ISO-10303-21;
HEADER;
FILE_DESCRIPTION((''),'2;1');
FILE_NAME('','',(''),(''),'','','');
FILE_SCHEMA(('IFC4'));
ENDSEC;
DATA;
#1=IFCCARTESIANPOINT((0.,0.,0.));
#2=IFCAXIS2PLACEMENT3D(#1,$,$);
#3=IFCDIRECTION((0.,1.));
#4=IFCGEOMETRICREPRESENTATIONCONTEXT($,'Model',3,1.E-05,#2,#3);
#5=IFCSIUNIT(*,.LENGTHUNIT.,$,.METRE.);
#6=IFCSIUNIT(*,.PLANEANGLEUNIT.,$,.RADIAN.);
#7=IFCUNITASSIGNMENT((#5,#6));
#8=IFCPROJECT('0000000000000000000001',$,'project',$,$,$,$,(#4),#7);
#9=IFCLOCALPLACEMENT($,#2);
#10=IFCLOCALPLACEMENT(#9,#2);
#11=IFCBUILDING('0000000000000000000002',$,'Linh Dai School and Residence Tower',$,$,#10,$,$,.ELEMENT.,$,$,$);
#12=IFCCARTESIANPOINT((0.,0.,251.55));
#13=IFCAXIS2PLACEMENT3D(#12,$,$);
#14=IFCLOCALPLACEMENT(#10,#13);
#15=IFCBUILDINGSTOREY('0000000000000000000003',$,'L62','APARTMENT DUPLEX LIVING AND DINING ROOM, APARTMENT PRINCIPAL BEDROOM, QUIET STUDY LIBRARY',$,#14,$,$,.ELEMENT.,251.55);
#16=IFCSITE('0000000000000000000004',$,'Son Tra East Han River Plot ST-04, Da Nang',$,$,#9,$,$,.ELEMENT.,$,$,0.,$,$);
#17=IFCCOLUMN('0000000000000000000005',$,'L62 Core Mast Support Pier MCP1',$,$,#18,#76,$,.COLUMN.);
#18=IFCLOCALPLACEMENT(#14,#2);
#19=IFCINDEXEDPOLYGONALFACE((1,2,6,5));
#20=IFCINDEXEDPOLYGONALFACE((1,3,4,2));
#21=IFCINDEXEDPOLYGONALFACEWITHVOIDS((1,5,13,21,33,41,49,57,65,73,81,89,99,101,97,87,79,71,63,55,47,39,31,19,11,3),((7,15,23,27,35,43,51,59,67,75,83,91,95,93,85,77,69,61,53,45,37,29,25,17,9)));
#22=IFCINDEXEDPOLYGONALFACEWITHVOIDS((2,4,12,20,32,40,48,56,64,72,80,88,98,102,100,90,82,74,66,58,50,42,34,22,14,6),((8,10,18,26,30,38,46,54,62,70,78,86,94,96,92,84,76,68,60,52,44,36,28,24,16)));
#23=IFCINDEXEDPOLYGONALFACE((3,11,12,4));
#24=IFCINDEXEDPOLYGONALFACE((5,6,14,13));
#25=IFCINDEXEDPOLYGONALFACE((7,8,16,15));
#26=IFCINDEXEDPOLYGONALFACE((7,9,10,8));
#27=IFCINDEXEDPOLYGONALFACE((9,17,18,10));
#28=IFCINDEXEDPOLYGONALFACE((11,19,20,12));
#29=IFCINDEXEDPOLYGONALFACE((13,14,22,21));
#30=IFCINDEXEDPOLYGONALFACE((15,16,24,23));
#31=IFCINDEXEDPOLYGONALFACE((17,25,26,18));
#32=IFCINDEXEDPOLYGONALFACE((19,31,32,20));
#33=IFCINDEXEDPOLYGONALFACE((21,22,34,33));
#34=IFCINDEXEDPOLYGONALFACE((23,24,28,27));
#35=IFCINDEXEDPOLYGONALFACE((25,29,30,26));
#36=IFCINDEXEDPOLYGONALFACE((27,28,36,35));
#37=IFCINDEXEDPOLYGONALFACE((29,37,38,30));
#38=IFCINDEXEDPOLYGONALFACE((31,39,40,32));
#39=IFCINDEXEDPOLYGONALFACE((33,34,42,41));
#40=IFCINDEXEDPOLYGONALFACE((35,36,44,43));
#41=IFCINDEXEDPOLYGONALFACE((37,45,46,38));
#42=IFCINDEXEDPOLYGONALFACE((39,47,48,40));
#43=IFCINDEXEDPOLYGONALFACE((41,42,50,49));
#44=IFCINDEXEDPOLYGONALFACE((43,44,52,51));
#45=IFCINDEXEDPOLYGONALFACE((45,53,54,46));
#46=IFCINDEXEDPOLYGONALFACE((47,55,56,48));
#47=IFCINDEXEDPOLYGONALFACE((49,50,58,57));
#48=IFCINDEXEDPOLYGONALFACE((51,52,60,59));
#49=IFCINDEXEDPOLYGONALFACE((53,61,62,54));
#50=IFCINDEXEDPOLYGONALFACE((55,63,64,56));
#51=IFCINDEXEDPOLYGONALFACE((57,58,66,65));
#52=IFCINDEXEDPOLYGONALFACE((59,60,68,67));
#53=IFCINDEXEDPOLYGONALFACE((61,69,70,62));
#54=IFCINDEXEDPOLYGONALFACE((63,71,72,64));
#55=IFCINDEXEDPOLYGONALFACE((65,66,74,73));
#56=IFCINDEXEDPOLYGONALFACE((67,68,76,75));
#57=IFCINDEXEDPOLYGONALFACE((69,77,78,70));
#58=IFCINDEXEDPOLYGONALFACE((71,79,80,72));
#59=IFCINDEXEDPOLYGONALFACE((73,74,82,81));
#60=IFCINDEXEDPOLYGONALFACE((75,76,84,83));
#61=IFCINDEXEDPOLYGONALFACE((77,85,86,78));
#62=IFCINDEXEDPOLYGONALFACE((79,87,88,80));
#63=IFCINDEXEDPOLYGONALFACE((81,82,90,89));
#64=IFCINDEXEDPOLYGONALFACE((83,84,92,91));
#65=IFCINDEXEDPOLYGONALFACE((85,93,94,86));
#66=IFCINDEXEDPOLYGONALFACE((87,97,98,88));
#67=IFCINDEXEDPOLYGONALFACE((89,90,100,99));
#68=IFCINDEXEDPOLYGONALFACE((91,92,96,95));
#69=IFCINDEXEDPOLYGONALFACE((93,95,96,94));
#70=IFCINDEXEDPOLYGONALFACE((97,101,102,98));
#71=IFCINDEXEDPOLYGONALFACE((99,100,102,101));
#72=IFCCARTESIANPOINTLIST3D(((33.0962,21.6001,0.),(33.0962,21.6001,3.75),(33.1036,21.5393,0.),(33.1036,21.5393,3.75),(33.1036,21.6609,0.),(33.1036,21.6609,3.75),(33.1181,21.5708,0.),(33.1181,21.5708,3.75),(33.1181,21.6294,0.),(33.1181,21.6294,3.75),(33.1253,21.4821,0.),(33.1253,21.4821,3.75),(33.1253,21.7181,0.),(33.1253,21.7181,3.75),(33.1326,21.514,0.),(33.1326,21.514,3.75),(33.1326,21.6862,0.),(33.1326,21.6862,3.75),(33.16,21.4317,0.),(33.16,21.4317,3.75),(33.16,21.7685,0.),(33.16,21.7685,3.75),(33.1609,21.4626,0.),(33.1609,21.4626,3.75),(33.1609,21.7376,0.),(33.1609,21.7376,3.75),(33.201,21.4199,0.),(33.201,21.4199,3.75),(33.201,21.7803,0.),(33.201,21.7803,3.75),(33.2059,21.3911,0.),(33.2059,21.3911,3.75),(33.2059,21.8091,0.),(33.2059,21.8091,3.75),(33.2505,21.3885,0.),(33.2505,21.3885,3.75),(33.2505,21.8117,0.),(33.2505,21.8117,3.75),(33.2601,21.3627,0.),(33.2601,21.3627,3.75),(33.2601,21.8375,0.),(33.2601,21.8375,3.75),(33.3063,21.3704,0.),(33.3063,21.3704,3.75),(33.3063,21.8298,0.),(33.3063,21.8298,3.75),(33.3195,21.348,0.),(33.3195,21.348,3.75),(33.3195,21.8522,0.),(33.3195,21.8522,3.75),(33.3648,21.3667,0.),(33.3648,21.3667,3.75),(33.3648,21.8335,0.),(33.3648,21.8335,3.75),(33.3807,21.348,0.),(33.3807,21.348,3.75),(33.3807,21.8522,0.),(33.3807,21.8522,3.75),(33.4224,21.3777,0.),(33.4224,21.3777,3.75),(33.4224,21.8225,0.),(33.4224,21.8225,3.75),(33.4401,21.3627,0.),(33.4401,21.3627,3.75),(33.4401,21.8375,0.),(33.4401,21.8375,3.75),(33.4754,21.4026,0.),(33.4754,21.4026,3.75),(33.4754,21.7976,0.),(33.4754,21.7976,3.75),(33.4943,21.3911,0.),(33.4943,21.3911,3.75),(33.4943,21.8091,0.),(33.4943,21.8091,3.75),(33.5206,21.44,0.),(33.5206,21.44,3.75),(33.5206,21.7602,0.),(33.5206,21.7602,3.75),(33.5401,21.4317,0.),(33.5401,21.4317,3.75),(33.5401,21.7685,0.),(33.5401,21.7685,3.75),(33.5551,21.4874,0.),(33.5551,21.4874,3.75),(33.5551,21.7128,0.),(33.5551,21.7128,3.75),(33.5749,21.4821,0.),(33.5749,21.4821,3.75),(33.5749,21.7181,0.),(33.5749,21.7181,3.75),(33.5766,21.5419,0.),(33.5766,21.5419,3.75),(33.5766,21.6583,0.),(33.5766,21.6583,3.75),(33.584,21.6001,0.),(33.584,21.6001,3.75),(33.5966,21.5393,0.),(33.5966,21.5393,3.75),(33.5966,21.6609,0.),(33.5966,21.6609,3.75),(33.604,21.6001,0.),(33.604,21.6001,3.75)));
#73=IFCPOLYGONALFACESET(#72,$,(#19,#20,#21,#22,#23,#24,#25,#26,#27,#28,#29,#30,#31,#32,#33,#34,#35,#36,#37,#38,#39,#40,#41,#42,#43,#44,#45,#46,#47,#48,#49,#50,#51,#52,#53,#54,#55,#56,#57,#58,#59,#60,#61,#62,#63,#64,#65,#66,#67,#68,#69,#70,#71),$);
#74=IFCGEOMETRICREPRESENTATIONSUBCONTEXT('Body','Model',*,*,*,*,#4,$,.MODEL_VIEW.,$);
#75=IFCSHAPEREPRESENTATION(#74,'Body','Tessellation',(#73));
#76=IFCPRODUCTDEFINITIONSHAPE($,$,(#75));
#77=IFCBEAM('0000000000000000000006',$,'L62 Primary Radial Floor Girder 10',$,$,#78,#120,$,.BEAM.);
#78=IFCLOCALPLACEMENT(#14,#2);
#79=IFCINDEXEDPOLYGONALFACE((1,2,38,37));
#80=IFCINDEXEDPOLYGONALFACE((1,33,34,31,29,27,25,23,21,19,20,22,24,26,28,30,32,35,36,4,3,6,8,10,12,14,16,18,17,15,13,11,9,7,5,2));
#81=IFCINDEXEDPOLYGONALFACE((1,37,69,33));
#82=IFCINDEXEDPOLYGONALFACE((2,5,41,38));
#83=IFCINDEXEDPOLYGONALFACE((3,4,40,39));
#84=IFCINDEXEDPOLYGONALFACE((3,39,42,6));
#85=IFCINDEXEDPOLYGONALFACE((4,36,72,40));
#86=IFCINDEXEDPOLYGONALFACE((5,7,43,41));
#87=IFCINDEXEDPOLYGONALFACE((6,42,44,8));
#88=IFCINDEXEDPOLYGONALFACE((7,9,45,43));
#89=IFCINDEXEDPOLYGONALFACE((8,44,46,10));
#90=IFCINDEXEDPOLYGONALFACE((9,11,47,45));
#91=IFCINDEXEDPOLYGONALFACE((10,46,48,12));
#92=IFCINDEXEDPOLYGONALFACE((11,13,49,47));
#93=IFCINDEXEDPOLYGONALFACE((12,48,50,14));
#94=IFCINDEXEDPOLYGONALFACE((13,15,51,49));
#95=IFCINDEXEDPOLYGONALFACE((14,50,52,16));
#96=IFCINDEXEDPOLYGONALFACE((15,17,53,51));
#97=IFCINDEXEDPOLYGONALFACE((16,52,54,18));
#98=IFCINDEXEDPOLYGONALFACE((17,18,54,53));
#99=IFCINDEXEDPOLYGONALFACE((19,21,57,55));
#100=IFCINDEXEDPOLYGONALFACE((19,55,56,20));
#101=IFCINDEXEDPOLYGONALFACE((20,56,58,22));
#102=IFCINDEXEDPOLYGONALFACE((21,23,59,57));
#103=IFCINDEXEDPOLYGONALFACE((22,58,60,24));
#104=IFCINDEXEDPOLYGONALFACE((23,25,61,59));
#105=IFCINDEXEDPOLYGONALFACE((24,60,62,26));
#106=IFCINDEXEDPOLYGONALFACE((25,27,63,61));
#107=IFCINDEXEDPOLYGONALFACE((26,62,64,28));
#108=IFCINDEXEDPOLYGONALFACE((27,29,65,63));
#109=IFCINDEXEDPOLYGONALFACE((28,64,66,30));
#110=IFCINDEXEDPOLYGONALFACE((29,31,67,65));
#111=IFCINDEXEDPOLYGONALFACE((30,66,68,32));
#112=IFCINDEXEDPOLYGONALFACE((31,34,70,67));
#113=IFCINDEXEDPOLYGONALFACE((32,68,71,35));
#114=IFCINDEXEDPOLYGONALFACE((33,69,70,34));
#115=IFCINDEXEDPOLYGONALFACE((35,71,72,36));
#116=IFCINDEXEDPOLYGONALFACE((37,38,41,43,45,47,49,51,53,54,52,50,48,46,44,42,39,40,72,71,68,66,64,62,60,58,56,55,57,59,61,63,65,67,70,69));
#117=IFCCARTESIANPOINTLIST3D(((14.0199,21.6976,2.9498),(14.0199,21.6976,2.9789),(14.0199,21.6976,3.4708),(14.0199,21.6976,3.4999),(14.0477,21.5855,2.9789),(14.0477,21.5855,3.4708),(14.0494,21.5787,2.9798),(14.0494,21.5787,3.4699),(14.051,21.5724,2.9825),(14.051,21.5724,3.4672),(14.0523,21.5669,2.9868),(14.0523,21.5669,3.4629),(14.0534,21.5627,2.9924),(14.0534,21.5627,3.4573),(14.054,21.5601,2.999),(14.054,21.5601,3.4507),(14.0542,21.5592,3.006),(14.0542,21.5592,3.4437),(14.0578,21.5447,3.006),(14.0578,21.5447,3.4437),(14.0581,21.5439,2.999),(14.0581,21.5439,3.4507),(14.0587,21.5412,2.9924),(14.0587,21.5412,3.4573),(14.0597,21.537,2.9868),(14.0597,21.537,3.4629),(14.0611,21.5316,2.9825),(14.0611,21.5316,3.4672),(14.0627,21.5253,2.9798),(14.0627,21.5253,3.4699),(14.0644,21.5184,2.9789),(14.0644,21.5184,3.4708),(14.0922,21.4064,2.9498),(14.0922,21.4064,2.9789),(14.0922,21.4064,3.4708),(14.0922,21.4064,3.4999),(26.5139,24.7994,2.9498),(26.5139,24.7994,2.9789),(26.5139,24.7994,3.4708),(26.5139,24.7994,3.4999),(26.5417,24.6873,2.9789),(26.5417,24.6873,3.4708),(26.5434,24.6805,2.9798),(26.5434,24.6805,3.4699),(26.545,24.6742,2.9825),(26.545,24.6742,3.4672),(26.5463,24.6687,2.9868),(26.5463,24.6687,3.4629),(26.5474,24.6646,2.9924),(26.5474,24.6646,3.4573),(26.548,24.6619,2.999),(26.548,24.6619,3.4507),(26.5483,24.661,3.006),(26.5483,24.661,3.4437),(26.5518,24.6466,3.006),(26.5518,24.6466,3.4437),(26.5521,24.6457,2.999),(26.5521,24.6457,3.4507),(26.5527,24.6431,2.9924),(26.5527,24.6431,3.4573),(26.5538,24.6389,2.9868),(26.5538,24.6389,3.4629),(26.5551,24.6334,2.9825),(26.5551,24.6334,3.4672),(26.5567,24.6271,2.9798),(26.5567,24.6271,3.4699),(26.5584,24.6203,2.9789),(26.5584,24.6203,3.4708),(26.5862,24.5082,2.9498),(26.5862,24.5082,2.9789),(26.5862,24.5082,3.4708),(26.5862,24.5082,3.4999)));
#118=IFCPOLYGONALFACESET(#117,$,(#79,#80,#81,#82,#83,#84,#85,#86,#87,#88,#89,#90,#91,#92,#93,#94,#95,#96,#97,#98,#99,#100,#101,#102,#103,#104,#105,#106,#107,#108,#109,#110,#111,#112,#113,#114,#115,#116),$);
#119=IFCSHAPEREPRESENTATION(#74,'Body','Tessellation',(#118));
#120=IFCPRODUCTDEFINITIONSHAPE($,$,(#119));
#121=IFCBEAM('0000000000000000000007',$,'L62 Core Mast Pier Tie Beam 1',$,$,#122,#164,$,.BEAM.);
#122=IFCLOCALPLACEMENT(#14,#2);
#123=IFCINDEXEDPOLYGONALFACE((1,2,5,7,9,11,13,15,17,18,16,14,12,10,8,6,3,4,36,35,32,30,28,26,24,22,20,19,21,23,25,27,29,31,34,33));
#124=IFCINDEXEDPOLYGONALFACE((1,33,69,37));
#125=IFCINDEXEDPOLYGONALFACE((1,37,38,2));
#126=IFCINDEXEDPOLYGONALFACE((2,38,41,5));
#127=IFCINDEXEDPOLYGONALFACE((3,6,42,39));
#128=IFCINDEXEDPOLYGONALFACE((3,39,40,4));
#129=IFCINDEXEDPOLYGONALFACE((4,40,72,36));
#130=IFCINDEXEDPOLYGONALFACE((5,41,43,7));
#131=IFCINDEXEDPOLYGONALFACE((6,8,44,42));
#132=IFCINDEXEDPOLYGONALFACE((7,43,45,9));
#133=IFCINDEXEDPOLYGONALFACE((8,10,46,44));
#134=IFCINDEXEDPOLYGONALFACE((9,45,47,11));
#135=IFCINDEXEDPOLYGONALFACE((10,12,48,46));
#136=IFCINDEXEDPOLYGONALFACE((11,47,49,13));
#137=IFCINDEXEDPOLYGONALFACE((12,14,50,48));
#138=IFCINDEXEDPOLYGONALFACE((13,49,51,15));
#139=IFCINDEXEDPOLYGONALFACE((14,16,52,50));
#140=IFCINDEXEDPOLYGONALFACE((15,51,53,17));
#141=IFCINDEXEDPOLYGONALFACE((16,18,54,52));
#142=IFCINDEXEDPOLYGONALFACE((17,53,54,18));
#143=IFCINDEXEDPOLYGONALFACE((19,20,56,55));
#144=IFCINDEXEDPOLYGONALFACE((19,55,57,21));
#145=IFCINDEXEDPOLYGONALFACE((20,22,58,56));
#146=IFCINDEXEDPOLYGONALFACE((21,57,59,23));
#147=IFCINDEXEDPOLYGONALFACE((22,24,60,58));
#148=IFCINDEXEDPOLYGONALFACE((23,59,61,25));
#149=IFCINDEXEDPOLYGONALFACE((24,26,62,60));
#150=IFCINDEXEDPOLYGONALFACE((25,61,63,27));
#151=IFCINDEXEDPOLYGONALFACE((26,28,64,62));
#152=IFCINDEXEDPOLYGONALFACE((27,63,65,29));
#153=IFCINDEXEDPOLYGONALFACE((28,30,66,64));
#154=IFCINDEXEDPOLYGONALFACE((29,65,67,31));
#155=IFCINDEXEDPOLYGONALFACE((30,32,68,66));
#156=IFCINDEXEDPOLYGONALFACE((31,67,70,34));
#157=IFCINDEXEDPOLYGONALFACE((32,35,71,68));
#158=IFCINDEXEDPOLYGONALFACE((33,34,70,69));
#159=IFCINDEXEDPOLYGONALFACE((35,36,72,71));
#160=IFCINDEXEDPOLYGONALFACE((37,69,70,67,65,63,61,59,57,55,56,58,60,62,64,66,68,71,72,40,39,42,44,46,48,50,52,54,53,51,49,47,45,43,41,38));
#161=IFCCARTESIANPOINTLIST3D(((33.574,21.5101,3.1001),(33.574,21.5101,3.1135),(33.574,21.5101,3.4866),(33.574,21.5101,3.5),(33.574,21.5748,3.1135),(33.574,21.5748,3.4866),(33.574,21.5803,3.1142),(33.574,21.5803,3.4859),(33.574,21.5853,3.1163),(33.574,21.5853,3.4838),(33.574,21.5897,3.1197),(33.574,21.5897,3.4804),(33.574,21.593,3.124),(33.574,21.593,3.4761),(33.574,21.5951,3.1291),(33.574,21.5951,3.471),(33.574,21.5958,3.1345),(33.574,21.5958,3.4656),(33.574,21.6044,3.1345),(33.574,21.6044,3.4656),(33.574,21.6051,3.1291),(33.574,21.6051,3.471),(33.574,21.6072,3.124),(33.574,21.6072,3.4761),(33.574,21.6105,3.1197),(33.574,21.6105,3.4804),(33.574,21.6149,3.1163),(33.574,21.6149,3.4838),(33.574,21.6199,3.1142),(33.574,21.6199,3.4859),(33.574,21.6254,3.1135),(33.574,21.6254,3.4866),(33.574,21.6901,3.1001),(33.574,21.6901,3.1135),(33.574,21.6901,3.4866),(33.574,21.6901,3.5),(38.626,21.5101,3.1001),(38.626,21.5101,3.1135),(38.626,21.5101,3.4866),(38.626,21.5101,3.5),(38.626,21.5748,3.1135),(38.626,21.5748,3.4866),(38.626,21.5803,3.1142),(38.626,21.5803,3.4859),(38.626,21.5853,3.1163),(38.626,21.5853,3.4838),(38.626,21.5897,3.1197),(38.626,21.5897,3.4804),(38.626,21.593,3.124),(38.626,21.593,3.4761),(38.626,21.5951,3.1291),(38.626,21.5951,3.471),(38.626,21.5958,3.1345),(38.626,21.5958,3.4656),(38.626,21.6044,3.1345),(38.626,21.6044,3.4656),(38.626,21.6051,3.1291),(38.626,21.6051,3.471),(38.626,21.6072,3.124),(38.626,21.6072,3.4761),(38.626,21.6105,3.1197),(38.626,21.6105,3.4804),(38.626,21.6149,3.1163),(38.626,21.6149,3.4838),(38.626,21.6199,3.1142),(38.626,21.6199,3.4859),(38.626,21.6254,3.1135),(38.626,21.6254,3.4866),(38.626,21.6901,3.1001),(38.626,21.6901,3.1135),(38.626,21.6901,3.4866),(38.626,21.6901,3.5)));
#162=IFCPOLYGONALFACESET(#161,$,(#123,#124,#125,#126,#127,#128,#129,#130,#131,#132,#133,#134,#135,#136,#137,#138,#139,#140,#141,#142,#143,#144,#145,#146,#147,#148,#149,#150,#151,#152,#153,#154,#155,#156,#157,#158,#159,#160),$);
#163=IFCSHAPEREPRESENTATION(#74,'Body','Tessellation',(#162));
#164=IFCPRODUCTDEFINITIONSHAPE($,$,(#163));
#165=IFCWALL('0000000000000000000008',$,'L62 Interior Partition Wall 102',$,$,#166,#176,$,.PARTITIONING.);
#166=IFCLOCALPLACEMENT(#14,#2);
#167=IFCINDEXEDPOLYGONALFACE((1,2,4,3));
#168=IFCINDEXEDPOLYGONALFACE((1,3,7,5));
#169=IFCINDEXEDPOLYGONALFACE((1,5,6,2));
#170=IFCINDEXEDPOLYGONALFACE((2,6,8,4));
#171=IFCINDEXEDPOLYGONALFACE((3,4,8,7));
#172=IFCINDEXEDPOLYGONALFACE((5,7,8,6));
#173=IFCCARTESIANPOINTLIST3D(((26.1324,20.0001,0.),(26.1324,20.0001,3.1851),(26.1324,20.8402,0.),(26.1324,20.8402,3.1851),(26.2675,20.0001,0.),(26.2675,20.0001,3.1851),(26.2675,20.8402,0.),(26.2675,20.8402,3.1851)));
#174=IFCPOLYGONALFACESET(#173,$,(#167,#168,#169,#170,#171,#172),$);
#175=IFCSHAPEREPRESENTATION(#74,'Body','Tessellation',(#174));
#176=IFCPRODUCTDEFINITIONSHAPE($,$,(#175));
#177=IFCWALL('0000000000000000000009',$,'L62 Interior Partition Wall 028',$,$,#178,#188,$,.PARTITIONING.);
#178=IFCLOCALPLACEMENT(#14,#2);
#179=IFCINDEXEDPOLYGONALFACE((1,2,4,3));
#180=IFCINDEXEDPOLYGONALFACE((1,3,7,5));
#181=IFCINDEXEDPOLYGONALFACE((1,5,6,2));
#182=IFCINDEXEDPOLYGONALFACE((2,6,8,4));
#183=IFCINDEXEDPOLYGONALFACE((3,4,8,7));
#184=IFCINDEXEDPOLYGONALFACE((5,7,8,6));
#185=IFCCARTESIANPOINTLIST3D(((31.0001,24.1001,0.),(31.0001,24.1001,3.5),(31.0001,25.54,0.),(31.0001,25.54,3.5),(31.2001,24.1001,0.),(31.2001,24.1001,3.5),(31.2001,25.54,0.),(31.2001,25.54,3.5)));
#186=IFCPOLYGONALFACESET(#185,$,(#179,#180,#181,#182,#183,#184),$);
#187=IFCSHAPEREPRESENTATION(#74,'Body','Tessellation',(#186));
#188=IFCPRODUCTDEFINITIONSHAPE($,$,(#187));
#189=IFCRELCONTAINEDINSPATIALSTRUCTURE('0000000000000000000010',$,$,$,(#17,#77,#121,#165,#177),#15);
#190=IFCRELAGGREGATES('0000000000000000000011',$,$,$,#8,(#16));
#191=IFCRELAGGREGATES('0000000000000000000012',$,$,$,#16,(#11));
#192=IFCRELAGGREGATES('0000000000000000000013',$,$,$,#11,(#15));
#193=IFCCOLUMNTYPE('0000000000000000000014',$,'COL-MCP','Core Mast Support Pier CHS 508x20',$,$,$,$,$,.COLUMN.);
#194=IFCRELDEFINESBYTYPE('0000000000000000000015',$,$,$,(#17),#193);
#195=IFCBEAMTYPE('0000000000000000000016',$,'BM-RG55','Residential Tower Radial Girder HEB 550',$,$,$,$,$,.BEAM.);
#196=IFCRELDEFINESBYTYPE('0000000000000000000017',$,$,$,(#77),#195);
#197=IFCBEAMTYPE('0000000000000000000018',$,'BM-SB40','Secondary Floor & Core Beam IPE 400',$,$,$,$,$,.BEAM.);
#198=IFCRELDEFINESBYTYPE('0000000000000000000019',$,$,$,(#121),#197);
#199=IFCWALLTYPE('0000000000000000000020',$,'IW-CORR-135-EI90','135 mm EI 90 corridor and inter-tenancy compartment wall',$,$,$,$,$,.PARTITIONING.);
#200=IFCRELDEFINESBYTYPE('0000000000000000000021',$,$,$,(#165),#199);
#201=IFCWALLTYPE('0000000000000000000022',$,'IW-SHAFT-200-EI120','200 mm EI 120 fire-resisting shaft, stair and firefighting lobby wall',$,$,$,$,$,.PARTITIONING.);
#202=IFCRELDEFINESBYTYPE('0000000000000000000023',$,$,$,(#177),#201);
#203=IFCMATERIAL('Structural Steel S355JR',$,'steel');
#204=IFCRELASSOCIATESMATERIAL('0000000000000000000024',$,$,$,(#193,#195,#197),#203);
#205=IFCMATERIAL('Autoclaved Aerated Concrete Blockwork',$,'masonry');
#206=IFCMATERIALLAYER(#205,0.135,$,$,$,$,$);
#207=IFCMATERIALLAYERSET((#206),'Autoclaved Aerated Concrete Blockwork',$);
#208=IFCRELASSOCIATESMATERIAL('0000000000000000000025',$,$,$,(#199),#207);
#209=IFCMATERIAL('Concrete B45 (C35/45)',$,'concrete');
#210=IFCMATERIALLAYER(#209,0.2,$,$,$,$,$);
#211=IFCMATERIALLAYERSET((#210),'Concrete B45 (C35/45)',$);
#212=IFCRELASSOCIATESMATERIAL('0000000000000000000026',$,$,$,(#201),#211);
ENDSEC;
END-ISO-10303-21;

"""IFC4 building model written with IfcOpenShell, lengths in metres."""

from ifc_helpers import new_model, si_unit, direction, frame, frame_2d, origin, origin_2d, place, context, subcontext, project, spatial, rectangle, hollow_circle, i_section, extrude, material, layer, layer_set, material_profile, profile_set, type_object, element, save


model = new_model("IFC4")

# Units and contexts
model_context = context("Model", 3, precision=1e-05, world=origin(), true_north=direction((0.0, 1.0)))
body_context = subcontext(model_context, "Body", "Model", "MODEL_VIEW")
ifc_project = project(units=[si_unit("LENGTHUNIT", "METRE"), si_unit("PLANEANGLEUNIT", "RADIAN")], contexts=[model_context])

# Site, building, storey
site_placement = place(None, origin())
site = spatial("IfcSite", under=ifc_project, at=site_placement, Name="Son Tra East Han River Plot ST-04, Da Nang", CompositionType="ELEMENT", RefElevation=0.0)
building_placement = place(site_placement, origin())
building = spatial("IfcBuilding", under=site, at=building_placement, Name="Linh Dai School and Residence Tower", CompositionType="ELEMENT")
storey_placement = place(building_placement, frame((0.0, 0.0, 251.55)))
storey = spatial("IfcBuildingStorey", under=building, at=storey_placement, Name="L62", Description="APARTMENT DUPLEX LIVING AND DINING ROOM, APARTMENT PRINCIPAL BEDROOM, QUIET STUDY LIBRARY", CompositionType="ELEMENT", Elevation=251.55)

# Column
ifc_material_1 = material(Name="Structural Steel S355JR", Category="steel")
ifc_material_profile_1 = material_profile(ifc_material_1, hollow_circle(Radius=0.2539, WallThickness=0.02, at=origin_2d()), Name="CHS 508x20")
ifc_profile_set_1 = profile_set([ifc_material_profile_1], Name="Structural Steel S355JR")
column_type_1 = type_object("IfcColumnType", Name="COL-MCP", Description="Core Mast Support Pier CHS 508x20", PredefinedType="COLUMN", material=ifc_profile_set_1)
column_placement = place(storey_placement, frame((33.3501, 21.6001, 0.0), z_axis=(0.0, 0.0, 1.0), x_axis=(1.0, 0.0, 0.0)))
element("IfcColumn", 1, at=column_placement, inside=storey, type_object=column_type_1, Name="L62 Core Mast Support Pier MCP1", PredefinedType="COLUMN", context=body_context, shape_type="SweptSolid", body=[
    extrude(hollow_circle(Radius=0.2539, WallThickness=0.02, at=origin_2d()), origin(), (0.0, 0.0, 1.0), 3.75),
])

# Beams
ifc_material_profile_2 = material_profile(ifc_material_1, i_section(OverallWidth=0.3, OverallDepth=0.55, WebThickness=0.0149, FlangeThickness=0.0291, FilletRadius=0.0271, at=origin_2d()), Name="HEB 550")
ifc_profile_set_2 = profile_set([ifc_material_profile_2], Name="Structural Steel S355JR")
beam_type_1 = type_object("IfcBeamType", Name="BM-RG55", Description="Residential Tower Radial Girder HEB 550", PredefinedType="BEAM", material=ifc_profile_set_2)
beam_1_placement = place(storey_placement, frame((26.55, 24.6538, 3.2249), z_axis=(-0.970537, -0.240951, 0.0), x_axis=(0.240951, -0.970537, 0.0)))
element("IfcBeam", 2, at=beam_1_placement, inside=storey, type_object=beam_type_1, Name="L62 Primary Radial Floor Girder 10", PredefinedType="BEAM", context=body_context, shape_type="SweptSolid", body=[
    extrude(i_section(OverallWidth=0.3, OverallDepth=0.55, WebThickness=0.0149, FlangeThickness=0.0291, FilletRadius=0.0271, at=origin_2d()), origin(), (0.0, 0.0, 1.0), 12.8733),
])
ifc_material_profile_3 = material_profile(ifc_material_1, i_section(OverallWidth=0.1799, OverallDepth=0.3999, WebThickness=0.0085, FlangeThickness=0.0134, FilletRadius=0.021, at=origin_2d()), Name="IPE 400")
ifc_profile_set_3 = profile_set([ifc_material_profile_3], Name="Structural Steel S355JR")
beam_type_2 = type_object("IfcBeamType", Name="BM-SB40", Description="Secondary Floor & Core Beam IPE 400", PredefinedType="BEAM", material=ifc_profile_set_3)
beam_2_placement = place(storey_placement, frame((33.574, 21.6001, 3.3), z_axis=(1.0, 0.0, 0.0), x_axis=(0.0, 1.0, 0.0)))
element("IfcBeam", 3, at=beam_2_placement, inside=storey, type_object=beam_type_2, Name="L62 Core Mast Pier Tie Beam 1", PredefinedType="BEAM", context=body_context, shape_type="SweptSolid", body=[
    extrude(i_section(OverallWidth=0.1799, OverallDepth=0.3999, WebThickness=0.0085, FlangeThickness=0.0134, FilletRadius=0.021, at=origin_2d()), origin(), (0.0, 0.0, 1.0), 5.052),
])

# Shared definitions
ifc_material_2 = material(Name="Autoclaved Aerated Concrete Blockwork", Category="masonry")
ifc_layer_1 = layer(ifc_material_2, 0.135)
ifc_layer_set_1 = layer_set([ifc_layer_1], Name="Autoclaved Aerated Concrete Blockwork")
wall_type_1 = type_object("IfcWallType", Name="IW-CORR-135-EI90", Description="135 mm EI 90 corridor and inter-tenancy compartment wall", PredefinedType="PARTITIONING", material=ifc_layer_set_1)

# Wall
wall_1_placement = place(storey_placement, frame((26.2, 20.8401, 0.0), z_axis=(0.0, 0.0, 1.0), x_axis=(0.0, -1.0, 0.0)))
element("IfcWall", 4, at=wall_1_placement, inside=storey, type_object=wall_type_1, Name="L62 Interior Partition Wall 102", PredefinedType="PARTITIONING", context=body_context, shape_type="SweptSolid", body=[
    extrude(rectangle(XDim=0.8401, YDim=0.135, at=frame_2d((0.4199, 0.0))), origin(), (0.0, 0.0, 1.0), 3.1851),
])

# Shared definitions
ifc_material_3 = material(Name="Concrete B45 (C35/45)", Category="concrete")
ifc_layer_2 = layer(ifc_material_3, 0.2)
ifc_layer_set_2 = layer_set([ifc_layer_2], Name="Concrete B45 (C35/45)")
wall_type_2 = type_object("IfcWallType", Name="IW-SHAFT-200-EI120", Description="200 mm EI 120 fire-resisting shaft, stair and firefighting lobby wall", PredefinedType="PARTITIONING", material=ifc_layer_set_2)

# Wall
wall_2_placement = place(storey_placement, frame((31.1001, 24.1001, 0.0), z_axis=(0.0, 0.0, 1.0), x_axis=(0.0, 1.0, 0.0)))
element("IfcWall", 5, at=wall_2_placement, inside=storey, type_object=wall_type_2, Name="L62 Interior Partition Wall 028", PredefinedType="PARTITIONING", context=body_context, shape_type="SweptSolid", body=[
    extrude(rectangle(XDim=1.4399, YDim=0.2, at=frame_2d((0.72, 0.0))), origin(), (0.0, 0.0, 1.0), 3.5),
])

save(model, "model.ifc")
